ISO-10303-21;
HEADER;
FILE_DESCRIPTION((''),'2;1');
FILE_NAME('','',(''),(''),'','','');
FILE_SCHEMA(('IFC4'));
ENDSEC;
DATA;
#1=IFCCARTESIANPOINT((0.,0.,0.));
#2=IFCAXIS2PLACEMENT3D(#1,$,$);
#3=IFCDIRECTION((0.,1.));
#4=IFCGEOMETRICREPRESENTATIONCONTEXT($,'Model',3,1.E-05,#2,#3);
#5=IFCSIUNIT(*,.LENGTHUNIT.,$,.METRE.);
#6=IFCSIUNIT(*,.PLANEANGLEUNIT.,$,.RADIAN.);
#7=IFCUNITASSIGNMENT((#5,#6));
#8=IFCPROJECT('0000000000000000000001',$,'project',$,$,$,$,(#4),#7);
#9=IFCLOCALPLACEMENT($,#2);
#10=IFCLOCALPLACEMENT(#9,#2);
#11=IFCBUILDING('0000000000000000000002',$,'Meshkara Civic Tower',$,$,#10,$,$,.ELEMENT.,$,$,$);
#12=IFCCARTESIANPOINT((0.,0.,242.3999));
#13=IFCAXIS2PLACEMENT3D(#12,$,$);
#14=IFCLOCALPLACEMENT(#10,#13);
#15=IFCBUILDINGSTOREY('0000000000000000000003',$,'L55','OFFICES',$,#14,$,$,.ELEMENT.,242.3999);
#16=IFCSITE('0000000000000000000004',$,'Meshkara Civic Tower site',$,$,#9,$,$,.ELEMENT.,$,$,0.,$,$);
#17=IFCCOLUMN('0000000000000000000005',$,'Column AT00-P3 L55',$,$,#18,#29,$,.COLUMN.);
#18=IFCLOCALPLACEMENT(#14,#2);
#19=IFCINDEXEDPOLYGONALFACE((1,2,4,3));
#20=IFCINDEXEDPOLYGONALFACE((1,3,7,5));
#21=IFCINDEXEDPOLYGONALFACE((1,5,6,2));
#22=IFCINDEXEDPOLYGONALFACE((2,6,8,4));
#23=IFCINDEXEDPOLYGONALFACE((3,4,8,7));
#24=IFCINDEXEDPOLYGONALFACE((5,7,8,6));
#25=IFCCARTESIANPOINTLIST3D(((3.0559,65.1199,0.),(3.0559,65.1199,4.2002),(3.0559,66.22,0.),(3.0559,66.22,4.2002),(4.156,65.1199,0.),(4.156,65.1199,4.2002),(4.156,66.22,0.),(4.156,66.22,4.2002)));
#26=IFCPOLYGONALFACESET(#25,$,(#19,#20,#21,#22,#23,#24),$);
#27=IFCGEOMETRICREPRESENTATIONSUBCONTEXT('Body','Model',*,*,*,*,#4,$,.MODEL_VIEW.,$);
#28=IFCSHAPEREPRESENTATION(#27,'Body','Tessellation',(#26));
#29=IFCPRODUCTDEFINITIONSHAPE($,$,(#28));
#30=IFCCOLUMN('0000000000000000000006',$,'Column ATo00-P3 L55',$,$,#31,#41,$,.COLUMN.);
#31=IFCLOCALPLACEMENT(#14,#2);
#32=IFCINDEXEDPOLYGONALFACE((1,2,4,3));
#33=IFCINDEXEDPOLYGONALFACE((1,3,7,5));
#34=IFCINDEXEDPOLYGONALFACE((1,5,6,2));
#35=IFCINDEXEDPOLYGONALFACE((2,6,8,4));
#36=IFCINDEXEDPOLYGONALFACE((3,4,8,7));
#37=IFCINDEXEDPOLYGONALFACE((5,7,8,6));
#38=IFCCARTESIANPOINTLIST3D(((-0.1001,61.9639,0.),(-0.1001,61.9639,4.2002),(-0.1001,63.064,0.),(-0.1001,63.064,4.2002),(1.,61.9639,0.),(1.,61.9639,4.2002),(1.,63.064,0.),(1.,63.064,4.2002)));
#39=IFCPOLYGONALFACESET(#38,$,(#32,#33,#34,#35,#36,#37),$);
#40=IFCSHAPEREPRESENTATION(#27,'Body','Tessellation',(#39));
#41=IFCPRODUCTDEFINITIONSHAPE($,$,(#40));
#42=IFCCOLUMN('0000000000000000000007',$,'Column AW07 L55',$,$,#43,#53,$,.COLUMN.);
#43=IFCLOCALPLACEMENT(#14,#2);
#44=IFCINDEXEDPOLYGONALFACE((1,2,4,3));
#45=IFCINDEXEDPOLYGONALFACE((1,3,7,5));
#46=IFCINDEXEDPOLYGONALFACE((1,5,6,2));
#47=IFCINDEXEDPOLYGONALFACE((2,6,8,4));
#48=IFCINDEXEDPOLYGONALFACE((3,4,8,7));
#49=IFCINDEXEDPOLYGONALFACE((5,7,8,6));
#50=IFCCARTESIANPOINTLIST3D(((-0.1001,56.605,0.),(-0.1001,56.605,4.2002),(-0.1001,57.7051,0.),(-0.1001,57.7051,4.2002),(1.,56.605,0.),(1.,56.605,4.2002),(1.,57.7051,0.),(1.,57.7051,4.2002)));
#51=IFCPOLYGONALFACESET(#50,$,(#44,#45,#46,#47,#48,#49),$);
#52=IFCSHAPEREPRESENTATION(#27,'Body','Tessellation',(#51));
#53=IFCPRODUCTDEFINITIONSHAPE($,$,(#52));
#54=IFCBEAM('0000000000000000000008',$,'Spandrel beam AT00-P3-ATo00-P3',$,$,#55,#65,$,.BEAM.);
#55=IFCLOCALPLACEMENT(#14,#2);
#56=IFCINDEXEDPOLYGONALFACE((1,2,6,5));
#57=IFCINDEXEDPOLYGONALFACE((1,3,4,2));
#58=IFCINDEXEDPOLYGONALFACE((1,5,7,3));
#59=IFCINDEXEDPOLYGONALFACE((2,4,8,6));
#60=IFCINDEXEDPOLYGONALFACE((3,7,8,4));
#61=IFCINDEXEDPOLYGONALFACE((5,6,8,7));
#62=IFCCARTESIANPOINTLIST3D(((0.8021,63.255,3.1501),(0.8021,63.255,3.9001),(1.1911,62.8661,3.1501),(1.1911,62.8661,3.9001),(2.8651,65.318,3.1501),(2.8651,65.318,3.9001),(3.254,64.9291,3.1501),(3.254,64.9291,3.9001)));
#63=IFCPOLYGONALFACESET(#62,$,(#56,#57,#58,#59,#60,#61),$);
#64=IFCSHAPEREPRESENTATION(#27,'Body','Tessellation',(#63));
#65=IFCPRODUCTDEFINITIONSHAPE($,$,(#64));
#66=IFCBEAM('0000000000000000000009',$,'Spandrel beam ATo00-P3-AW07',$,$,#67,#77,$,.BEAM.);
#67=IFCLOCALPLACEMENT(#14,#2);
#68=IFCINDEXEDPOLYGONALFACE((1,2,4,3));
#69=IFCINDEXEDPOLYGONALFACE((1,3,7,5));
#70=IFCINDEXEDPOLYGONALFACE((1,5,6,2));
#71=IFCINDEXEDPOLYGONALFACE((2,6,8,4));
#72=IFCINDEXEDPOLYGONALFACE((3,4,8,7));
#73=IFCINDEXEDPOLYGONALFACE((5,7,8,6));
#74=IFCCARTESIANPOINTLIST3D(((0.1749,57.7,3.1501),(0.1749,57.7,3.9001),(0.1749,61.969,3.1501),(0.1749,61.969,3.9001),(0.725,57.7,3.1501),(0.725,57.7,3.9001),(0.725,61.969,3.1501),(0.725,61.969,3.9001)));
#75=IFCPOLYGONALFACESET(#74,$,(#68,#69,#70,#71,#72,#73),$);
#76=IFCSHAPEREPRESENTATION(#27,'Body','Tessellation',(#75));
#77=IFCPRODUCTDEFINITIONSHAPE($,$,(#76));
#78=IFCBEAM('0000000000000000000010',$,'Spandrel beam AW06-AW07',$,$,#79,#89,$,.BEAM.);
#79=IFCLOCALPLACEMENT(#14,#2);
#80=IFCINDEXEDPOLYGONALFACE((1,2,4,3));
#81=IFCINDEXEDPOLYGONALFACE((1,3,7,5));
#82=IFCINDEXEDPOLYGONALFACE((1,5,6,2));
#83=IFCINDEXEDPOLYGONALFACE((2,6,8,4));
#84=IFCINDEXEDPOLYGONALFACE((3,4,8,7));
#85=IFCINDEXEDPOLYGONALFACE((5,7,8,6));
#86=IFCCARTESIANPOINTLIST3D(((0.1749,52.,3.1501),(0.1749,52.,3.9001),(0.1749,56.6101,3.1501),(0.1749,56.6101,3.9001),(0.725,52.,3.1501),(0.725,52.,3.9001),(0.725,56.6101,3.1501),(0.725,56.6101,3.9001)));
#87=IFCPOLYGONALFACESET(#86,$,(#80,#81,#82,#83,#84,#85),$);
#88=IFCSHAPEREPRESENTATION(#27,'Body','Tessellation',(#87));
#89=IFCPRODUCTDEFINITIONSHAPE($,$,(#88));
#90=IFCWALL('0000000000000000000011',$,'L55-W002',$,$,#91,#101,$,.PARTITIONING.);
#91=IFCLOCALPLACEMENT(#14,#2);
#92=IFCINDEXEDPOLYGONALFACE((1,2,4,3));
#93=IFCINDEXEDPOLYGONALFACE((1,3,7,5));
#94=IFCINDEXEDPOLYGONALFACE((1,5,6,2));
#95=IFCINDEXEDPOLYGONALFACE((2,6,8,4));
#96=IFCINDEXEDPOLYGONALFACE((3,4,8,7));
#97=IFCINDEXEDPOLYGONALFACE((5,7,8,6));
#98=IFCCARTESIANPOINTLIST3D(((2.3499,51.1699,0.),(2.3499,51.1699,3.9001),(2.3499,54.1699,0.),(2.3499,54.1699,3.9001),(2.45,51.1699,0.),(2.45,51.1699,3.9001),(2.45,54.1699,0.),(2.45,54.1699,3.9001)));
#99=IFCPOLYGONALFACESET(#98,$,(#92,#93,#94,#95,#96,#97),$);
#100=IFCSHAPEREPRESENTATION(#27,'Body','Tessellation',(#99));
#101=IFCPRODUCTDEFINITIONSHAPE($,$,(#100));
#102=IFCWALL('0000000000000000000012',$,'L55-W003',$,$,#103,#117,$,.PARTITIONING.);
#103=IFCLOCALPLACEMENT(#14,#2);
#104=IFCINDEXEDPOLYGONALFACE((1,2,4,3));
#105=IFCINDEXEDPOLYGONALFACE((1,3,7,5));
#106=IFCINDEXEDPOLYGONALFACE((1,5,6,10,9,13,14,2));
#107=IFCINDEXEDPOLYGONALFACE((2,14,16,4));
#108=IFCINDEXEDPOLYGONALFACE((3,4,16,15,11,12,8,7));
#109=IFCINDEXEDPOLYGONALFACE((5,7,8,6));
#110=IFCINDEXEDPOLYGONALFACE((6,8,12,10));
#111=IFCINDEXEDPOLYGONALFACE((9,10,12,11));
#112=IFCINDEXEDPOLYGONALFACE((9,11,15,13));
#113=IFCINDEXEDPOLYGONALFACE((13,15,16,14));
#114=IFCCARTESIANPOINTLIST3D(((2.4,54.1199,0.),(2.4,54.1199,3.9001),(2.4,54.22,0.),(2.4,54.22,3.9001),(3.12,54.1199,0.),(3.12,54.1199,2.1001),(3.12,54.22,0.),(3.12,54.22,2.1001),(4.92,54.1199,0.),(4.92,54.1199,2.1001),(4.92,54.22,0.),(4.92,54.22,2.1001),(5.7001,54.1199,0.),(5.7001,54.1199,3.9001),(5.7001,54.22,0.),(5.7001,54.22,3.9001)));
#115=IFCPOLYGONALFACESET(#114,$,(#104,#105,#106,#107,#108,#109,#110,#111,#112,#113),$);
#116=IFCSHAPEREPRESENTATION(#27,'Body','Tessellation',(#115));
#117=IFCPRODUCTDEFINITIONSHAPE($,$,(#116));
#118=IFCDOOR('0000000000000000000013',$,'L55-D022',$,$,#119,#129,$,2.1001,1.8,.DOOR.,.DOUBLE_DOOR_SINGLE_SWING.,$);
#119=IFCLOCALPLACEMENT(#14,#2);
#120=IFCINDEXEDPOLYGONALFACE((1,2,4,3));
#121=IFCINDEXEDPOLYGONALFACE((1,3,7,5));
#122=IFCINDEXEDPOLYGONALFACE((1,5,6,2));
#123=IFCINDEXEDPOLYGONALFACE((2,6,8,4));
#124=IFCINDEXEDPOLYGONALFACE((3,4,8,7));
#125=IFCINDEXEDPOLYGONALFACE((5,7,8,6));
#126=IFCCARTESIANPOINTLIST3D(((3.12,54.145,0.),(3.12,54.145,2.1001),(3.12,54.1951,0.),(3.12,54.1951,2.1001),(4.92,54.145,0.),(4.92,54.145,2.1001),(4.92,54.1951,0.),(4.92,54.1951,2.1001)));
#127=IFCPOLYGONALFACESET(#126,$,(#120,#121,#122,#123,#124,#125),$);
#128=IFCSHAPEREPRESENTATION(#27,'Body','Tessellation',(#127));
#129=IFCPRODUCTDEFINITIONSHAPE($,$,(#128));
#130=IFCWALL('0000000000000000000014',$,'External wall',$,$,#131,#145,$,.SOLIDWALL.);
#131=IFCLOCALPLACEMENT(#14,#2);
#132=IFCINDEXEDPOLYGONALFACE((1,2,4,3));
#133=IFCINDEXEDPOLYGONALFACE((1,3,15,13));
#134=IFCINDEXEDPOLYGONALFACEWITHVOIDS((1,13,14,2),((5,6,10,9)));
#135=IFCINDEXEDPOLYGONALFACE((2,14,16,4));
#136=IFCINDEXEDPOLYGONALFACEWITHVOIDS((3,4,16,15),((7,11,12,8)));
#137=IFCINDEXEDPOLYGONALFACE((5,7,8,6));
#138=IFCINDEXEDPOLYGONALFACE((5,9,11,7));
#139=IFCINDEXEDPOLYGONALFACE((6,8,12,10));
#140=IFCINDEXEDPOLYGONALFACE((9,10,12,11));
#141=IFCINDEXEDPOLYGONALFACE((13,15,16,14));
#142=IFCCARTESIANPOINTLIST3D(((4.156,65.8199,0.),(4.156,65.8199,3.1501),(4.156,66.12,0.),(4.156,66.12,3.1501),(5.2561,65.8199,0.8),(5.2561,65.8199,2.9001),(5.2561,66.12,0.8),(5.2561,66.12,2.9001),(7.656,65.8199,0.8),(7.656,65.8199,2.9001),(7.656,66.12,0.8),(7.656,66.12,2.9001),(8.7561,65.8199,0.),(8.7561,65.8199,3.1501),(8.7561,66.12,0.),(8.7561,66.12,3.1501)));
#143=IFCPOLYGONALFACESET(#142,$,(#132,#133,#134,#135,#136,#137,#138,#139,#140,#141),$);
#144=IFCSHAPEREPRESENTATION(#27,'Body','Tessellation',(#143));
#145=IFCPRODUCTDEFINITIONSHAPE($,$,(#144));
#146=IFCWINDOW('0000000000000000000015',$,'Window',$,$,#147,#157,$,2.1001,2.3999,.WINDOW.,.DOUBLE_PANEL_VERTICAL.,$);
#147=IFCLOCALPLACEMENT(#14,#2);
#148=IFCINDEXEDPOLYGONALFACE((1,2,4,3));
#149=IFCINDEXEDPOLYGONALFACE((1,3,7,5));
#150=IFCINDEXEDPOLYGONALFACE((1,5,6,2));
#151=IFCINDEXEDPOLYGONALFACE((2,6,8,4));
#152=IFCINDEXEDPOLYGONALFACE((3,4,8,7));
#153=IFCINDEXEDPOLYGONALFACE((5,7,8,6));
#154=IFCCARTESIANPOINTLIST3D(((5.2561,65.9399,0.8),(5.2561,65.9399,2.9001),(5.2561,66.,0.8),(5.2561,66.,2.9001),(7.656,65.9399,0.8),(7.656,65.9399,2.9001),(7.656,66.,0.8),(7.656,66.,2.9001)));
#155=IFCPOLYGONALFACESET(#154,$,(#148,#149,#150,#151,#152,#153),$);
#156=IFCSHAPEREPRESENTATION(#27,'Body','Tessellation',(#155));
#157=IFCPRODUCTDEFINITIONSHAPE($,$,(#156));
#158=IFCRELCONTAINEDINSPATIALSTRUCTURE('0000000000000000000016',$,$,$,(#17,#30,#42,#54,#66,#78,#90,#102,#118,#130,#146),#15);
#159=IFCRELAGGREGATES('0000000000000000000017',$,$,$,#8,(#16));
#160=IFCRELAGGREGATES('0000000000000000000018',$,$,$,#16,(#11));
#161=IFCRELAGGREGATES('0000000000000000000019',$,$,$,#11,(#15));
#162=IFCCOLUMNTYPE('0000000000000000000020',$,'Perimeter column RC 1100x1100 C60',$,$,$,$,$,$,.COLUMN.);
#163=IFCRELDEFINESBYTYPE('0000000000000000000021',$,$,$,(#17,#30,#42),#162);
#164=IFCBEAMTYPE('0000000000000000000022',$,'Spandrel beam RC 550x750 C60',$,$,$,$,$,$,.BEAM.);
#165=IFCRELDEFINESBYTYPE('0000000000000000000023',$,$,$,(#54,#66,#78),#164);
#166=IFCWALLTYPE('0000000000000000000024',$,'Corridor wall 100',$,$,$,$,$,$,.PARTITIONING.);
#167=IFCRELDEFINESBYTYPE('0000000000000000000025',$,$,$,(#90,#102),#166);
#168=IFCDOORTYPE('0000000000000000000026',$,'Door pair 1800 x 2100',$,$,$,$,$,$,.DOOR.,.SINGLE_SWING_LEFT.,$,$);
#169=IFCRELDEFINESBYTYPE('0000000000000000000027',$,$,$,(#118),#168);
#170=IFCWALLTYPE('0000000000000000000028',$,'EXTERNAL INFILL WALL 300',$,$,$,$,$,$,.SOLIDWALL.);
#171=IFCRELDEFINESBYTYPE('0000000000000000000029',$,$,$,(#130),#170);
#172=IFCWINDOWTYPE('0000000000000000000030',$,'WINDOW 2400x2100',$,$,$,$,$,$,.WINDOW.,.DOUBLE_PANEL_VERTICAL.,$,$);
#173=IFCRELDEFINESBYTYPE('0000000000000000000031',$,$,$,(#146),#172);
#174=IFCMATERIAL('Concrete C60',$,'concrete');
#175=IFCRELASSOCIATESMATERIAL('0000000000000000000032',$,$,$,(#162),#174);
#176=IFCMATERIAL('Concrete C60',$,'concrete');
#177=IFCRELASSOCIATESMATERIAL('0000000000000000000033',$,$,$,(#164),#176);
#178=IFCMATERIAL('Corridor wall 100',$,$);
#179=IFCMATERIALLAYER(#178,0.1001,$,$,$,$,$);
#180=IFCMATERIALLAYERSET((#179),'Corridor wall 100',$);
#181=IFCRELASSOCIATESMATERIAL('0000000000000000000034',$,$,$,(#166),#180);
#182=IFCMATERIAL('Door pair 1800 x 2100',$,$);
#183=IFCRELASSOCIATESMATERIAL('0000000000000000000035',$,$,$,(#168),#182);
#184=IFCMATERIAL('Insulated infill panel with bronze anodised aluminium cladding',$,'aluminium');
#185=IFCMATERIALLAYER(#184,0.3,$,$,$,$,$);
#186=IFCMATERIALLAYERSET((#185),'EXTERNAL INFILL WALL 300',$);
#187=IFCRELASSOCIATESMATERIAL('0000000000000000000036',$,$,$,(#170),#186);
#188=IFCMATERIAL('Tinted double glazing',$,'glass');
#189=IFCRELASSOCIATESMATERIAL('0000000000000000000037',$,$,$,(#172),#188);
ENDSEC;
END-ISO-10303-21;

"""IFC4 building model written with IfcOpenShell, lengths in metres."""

from ifc_helpers import new_model, si_unit, direction, frame, frame_2d, origin, origin_2d, place, context, subcontext, project, spatial, rectangle, extrude, material, layer, layer_set, material_profile, profile_set, type_object, element, fill, save


model = new_model("IFC4")

# Units and contexts
model_context = context("Model", 3, precision=1e-05, world=origin(), true_north=direction((0.0, 1.0)))
body_context = subcontext(model_context, "Body", "Model", "MODEL_VIEW")
ifc_project = project(units=[si_unit("LENGTHUNIT", "METRE"), si_unit("PLANEANGLEUNIT", "RADIAN")], contexts=[model_context])

# Site, building, storey
site_placement = place(None, origin())
site = spatial("IfcSite", under=ifc_project, at=site_placement, Name="Meshkara Civic Tower site", CompositionType="ELEMENT", RefElevation=0.0)
building_placement = place(site_placement, origin())
building = spatial("IfcBuilding", under=site, at=building_placement, Name="Meshkara Civic Tower", CompositionType="ELEMENT")
storey_placement = place(building_placement, frame((0.0, 0.0, 242.3999)))
storey = spatial("IfcBuildingStorey", under=building, at=storey_placement, Name="L55", Description="OFFICES", CompositionType="ELEMENT", Elevation=242.3999)

# Columns
ifc_material_1 = material(Name="Concrete C60", Category="concrete")
ifc_material_profile_1 = material_profile(ifc_material_1, rectangle(XDim=1.1001, YDim=1.1001, at=origin_2d()))
ifc_profile_set_1 = profile_set([ifc_material_profile_1], Name="Concrete C60")
column_type = type_object("IfcColumnType", Name="Perimeter column RC 1100x1100 C60", PredefinedType="COLUMN", material=ifc_profile_set_1)
for number, where, z_axis, x_axis, name in (
    (1, (3.606, 65.6699, 0.0), (0.0, 0.0, 1.0), (1.0, 0.0, 0.0), "Column AT00-P3 L55"),
    (2, (0.45, 62.5139, 0.0), (0.0, 0.0, 1.0), (1.0, 0.0, 0.0), "Column ATo00-P3 L55"),
    (3, (0.45, 57.155, 0.0), (0.0, 0.0, 1.0), (1.0, 0.0, 0.0), "Column AW07 L55"),
):
    element("IfcColumn", number, at=place(storey_placement, frame(where, z_axis=z_axis, x_axis=x_axis)), inside=storey, type_object=column_type, Name=name, PredefinedType="COLUMN", context=body_context, shape_type="SweptSolid", body=[
        extrude(rectangle(XDim=1.1001, YDim=1.1001, at=origin_2d()), origin(), (0.0, 0.0, 1.0), 4.2002),
    ])

# Beams
ifc_material_2 = material(Name="Concrete C60", Category="concrete")
ifc_material_profile_2 = material_profile(ifc_material_2, rectangle(XDim=0.55, YDim=0.75, at=origin_2d()))
ifc_profile_set_2 = profile_set([ifc_material_profile_2], Name="Concrete C60")
beam_type = type_object("IfcBeamType", Name="Spandrel beam RC 550x750 C60", PredefinedType="BEAM", material=ifc_profile_set_2)
beam_1_placement = place(storey_placement, frame((3.0596, 65.1235, 3.5251), z_axis=(-0.707107, -0.707107, 0.0), x_axis=(0.707107, -0.707107, 0.0)))
element("IfcBeam", 4, at=beam_1_placement, inside=storey, type_object=beam_type, Name="Spandrel beam AT00-P3-ATo00-P3", PredefinedType="BEAM", context=body_context, shape_type="SweptSolid", body=[
    extrude(rectangle(XDim=0.55, YDim=0.75, at=origin_2d()), origin(), (0.0, 0.0, 1.0), 2.9175),
])
beam_2_placement = place(storey_placement, frame((0.45, 61.969, 3.5251), z_axis=(0.0, -1.0, 0.0), x_axis=(1.0, 0.0, 0.0)))
element("IfcBeam", 5, at=beam_2_placement, inside=storey, type_object=beam_type, Name="Spandrel beam ATo00-P3-AW07", PredefinedType="BEAM", context=body_context, shape_type="SweptSolid", body=[
    extrude(rectangle(XDim=0.55, YDim=0.75, at=origin_2d()), origin(), (0.0, 0.0, 1.0), 4.269),
])
beam_3_placement = place(storey_placement, frame((0.45, 56.6101, 3.5251), z_axis=(0.0, -1.0, 0.0), x_axis=(1.0, 0.0, 0.0)))
element("IfcBeam", 6, at=beam_3_placement, inside=storey, type_object=beam_type, Name="Spandrel beam AW06-AW07", PredefinedType="BEAM", context=body_context, shape_type="SweptSolid", body=[
    extrude(rectangle(XDim=0.55, YDim=0.75, at=origin_2d()), origin(), (0.0, 0.0, 1.0), 4.6101),
])

# Wall
ifc_material_3 = material(Name="Corridor wall 100")
ifc_layer_1 = layer(ifc_material_3, 0.1001)
ifc_layer_set_1 = layer_set([ifc_layer_1], Name="Corridor wall 100")
wall_type_1 = type_object("IfcWallType", Name="Corridor wall 100", PredefinedType="PARTITIONING", material=ifc_layer_set_1)
wall_1_placement = place(storey_placement, frame((2.3999, 54.1699, 0.0), z_axis=(0.0, 0.0, 1.0), x_axis=(0.0, -1.0, 0.0)))
element("IfcWall", 7, at=wall_1_placement, inside=storey, type_object=wall_type_1, Name="L55-W002", PredefinedType="PARTITIONING", context=body_context, shape_type="SweptSolid", body=[
    extrude(rectangle(XDim=3.0, YDim=0.1001, at=frame_2d((1.5, 0.0))), origin(), (0.0, 0.0, 1.0), 3.9001),
])

# Wall, opening, door
wall_2_placement = place(storey_placement, frame((5.7, 54.1699, 0.0), z_axis=(0.0, 0.0, 1.0), x_axis=(-1.0, 0.0, 0.0)))
wall_2 = element("IfcWall", 8, at=wall_2_placement, inside=storey, type_object=wall_type_1, Name="L55-W003", PredefinedType="PARTITIONING", context=body_context, shape_type="SweptSolid", body=[
    extrude(rectangle(XDim=3.3, YDim=0.1001, at=frame_2d((1.6499, 0.0))), origin(), (0.0, 0.0, 1.0), 3.9001),
])
opening_1_placement = place(wall_2_placement, frame((0.78, 0.0, 0.0)))
opening_1 = element("IfcOpeningElement", 9, at=opening_1_placement, cuts=wall_2, PredefinedType="OPENING", context=body_context, shape_type="SweptSolid", body=[
    extrude(rectangle(XDim=1.8, YDim=2.1001, at=frame_2d((0.8999, 1.05))), frame((0.0, 0.0601, 0.0), z_axis=(0.0, -1.0, 0.0), x_axis=(1.0, 0.0, 0.0)), (0.0, 0.0, 1.0), 0.1201),
])
ifc_material_4 = material(Name="Door pair 1800 x 2100")
door_type_1 = type_object("IfcDoorType", Name="Door pair 1800 x 2100", OperationType="SINGLE_SWING_LEFT", PredefinedType="DOOR", material=ifc_material_4)
door_1_placement = place(opening_1_placement, origin())
door_1 = element("IfcDoor", 10, at=door_1_placement, inside=storey, type_object=door_type_1, Name="L55-D022", OperationType="DOUBLE_DOOR_SINGLE_SWING", OverallHeight=2.1001, OverallWidth=1.8, PredefinedType="DOOR", context=body_context, shape_type="SweptSolid", body=[
    extrude(rectangle(XDim=1.8, YDim=2.1001, at=frame_2d((0.8999, 1.05))), frame((0.0, 0.0249, 0.0), z_axis=(0.0, -1.0, 0.0), x_axis=(1.0, 0.0, 0.0)), (0.0, 0.0, 1.0), 0.05),
])
fill(opening_1, door_1)

# Wall, opening, window
ifc_material_5 = material(Name="Insulated infill panel with bronze anodised aluminium cladding", Category="aluminium")
ifc_layer_2 = layer(ifc_material_5, 0.3)
ifc_layer_set_2 = layer_set([ifc_layer_2], Name="EXTERNAL INFILL WALL 300")
wall_type_2 = type_object("IfcWallType", Name="EXTERNAL INFILL WALL 300", PredefinedType="SOLIDWALL", material=ifc_layer_set_2)
wall_3_placement = place(storey_placement, frame((8.7561, 65.97, 0.0), z_axis=(0.0, 0.0, 1.0), x_axis=(-1.0, 0.0, 0.0)))
wall_3 = element("IfcWall", 11, at=wall_3_placement, inside=storey, type_object=wall_type_2, Name="External wall", PredefinedType="SOLIDWALL", context=body_context, shape_type="SweptSolid", body=[
    extrude(rectangle(XDim=4.6001, YDim=0.3, at=frame_2d((2.3, 0.0))), origin(), (0.0, 0.0, 1.0), 3.1501),
])
opening_2_placement = place(wall_3_placement, frame((1.1001, 0.0, 0.8)))
opening_2 = element("IfcOpeningElement", 12, at=opening_2_placement, cuts=wall_3, PredefinedType="OPENING", context=body_context, shape_type="SweptSolid", body=[
    extrude(rectangle(XDim=2.3999, YDim=2.1001, at=frame_2d((1.2, 1.05))), frame((0.0, 0.1599, 0.0), z_axis=(0.0, -1.0, 0.0), x_axis=(1.0, 0.0, 0.0)), (0.0, 0.0, 1.0), 0.3201),
])
ifc_material_6 = material(Name="Tinted double glazing", Category="glass")
window_type_1 = type_object("IfcWindowType", Name="WINDOW 2400x2100", PartitioningType="DOUBLE_PANEL_VERTICAL", PredefinedType="WINDOW", material=ifc_material_6)
window_1_placement = place(opening_2_placement, origin())
window_1 = element("IfcWindow", 13, at=window_1_placement, inside=storey, type_object=window_type_1, Name="Window", OverallHeight=2.1001, OverallWidth=2.3999, PartitioningType="DOUBLE_PANEL_VERTICAL", PredefinedType="WINDOW", context=body_context, shape_type="SweptSolid", body=[
    extrude(rectangle(XDim=2.3999, YDim=2.1001, at=frame_2d((1.2, 1.05))), frame((0.0, 0.03, 0.0), z_axis=(0.0, -1.0, 0.0), x_axis=(1.0, 0.0, 0.0)), (0.0, 0.0, 1.0), 0.0601),
])
fill(opening_2, window_1)

save(model, "model.ifc")
